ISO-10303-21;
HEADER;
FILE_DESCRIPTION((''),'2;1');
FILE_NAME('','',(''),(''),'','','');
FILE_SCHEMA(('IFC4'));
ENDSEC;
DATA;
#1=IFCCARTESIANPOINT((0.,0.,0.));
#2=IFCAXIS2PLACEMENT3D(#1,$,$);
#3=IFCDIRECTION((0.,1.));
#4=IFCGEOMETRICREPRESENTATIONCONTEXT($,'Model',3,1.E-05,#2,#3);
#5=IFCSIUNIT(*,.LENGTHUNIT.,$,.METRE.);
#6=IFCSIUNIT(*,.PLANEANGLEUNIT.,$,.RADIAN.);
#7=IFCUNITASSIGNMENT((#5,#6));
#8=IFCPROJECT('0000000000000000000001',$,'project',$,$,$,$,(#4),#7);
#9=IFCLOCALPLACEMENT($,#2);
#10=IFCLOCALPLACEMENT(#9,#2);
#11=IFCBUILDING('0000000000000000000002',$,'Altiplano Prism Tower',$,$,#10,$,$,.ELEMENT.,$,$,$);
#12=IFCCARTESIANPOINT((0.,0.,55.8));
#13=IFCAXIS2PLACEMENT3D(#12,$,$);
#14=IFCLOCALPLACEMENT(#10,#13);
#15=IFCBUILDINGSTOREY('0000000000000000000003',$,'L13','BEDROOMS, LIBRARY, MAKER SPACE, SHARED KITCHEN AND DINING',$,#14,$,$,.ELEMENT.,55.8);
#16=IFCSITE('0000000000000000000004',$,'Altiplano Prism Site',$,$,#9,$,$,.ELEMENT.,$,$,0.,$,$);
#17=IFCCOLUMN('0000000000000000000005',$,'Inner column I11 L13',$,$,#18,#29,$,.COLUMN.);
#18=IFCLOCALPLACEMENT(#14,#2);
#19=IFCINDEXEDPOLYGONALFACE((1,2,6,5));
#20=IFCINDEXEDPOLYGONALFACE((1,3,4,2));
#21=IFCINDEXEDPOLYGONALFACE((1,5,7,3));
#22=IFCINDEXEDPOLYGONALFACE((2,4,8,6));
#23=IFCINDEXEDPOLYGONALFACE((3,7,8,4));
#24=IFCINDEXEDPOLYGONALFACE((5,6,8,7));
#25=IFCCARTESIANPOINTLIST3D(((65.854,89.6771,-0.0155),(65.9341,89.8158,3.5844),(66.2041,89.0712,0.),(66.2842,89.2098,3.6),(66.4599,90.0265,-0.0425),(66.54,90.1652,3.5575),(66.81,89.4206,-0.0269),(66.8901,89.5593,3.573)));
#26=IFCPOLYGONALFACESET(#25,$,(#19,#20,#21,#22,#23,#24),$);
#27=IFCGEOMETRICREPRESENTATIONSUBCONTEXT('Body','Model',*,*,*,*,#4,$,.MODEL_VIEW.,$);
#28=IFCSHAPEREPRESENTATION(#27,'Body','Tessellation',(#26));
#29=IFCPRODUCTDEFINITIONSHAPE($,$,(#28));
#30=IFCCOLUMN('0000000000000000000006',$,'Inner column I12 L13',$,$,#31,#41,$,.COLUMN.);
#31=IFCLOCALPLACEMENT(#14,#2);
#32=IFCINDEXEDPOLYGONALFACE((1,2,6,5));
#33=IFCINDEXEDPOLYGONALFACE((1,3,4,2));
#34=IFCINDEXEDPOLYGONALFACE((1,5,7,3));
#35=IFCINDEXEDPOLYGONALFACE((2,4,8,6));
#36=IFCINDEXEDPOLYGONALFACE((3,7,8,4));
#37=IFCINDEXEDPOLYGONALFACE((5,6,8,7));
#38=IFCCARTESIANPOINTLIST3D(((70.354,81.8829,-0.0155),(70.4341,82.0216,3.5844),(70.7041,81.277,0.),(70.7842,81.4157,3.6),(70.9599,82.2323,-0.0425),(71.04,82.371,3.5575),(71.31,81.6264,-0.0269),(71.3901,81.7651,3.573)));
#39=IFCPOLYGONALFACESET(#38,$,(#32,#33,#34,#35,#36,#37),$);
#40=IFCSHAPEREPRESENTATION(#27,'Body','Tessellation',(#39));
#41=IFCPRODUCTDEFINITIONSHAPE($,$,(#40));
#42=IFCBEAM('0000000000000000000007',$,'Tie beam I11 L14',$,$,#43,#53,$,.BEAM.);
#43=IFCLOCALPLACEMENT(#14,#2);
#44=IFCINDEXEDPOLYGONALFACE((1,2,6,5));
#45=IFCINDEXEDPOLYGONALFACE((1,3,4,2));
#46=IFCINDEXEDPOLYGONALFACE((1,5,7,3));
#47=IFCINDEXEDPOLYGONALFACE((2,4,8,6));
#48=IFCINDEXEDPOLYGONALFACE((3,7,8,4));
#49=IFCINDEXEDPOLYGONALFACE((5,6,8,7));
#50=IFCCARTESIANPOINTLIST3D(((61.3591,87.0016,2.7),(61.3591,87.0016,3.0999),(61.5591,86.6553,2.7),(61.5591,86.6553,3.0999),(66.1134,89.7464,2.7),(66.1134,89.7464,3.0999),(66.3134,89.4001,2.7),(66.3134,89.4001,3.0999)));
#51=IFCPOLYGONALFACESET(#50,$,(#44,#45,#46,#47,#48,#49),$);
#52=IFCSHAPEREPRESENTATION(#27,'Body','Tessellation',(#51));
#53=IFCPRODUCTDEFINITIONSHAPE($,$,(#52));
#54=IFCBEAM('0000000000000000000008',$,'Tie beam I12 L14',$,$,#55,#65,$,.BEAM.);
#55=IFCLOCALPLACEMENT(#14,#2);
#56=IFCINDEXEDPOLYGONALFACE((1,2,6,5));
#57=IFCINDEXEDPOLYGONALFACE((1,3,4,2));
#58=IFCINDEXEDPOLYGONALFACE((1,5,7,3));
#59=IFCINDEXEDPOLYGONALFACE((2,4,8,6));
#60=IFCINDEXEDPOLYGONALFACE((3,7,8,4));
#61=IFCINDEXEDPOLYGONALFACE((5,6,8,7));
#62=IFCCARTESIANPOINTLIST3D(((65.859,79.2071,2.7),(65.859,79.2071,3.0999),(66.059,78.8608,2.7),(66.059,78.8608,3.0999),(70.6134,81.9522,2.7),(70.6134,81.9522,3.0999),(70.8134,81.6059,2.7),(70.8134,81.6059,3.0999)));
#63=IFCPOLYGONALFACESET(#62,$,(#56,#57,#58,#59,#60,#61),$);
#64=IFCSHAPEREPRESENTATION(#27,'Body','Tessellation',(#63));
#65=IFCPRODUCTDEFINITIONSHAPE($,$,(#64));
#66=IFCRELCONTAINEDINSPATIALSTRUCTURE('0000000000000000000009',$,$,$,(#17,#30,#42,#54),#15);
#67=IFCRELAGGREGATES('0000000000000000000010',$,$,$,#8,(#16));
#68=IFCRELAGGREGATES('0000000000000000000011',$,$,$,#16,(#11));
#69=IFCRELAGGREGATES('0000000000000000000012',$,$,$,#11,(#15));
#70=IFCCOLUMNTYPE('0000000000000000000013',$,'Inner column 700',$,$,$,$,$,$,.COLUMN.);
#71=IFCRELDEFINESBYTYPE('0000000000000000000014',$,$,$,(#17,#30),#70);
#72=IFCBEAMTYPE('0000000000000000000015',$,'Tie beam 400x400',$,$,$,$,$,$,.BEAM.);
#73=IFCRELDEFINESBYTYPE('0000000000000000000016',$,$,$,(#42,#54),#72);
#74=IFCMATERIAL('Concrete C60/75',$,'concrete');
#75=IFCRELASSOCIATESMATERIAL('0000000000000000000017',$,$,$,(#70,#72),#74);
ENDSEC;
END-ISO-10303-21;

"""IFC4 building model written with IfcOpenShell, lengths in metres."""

from ifc_helpers import new_model, si_unit, direction, frame, origin, origin_2d, place, context, subcontext, project, spatial, rectangle, extrude, material, material_profile, profile_set, type_object, element, save


model = new_model("IFC4")

# Units and contexts
model_context = context("Model", 3, precision=1e-05, world=origin(), true_north=direction((0.0, 1.0)))
body_context = subcontext(model_context, "Body", "Model", "MODEL_VIEW")
ifc_project = project(units=[si_unit("LENGTHUNIT", "METRE"), si_unit("PLANEANGLEUNIT", "RADIAN")], contexts=[model_context])

# Site, building, storey
site_placement = place(None, origin())
site = spatial("IfcSite", under=ifc_project, at=site_placement, Name="Altiplano Prism Site", CompositionType="ELEMENT", RefElevation=0.0)
building_placement = place(site_placement, origin())
building = spatial("IfcBuilding", under=site, at=building_placement, Name="Altiplano Prism Tower", CompositionType="ELEMENT")
storey_placement = place(building_placement, frame((0.0, 0.0, 55.8)))
storey = spatial("IfcBuildingStorey", under=building, at=storey_placement, Name="L13", Description="BEDROOMS, LIBRARY, MAKER SPACE, SHARED KITCHEN AND DINING", CompositionType="ELEMENT", Elevation=55.8)

# Columns
ifc_material_1 = material(Name="Concrete C60/75", Category="concrete")
ifc_material_profile_1 = material_profile(ifc_material_1, rectangle(XDim=0.7, YDim=0.7, at=origin_2d()), Name="Inner column 700")
ifc_profile_set_1 = profile_set([ifc_material_profile_1], Name="Concrete C60/75")
column_type = type_object("IfcColumnType", Name="Inner column 700", PredefinedType="COLUMN", material=ifc_profile_set_1)
for number, where, z_axis, x_axis, name in (
    (1, (66.332, 89.5488, -0.0212), (0.022223, 0.038483, 0.999012), (-0.865642, -0.499182, 0.038485), "Inner column I11 L13"),
    (2, (70.832, 81.7546, -0.0212), (0.022223, 0.038483, 0.999012), (-0.865642, -0.499182, 0.038485), "Inner column I12 L13"),
):
    element("IfcColumn", number, at=place(storey_placement, frame(where, z_axis=z_axis, x_axis=x_axis)), inside=storey, type_object=column_type, Name=name, PredefinedType="COLUMN", context=body_context, shape_type="SweptSolid", body=[
        extrude(rectangle(XDim=0.7, YDim=0.7, at=origin_2d()), origin(), (0.0, 0.0, 1.0), 3.6035),
    ])

# Beams
ifc_material_profile_2 = material_profile(ifc_material_1, rectangle(XDim=0.3999, YDim=0.3999, at=origin_2d()), Name="Tie beam 400x400")
ifc_profile_set_2 = profile_set([ifc_material_profile_2], Name="Concrete C60/75")
beam_type = type_object("IfcBeamType", Name="Tie beam 400x400", PredefinedType="BEAM", material=ifc_profile_set_2)
beam_1_placement = place(storey_placement, frame((66.2134, 89.5732, 2.8999), z_axis=(-0.866032, -0.499989, 0.0), x_axis=(0.499989, -0.866032, 0.0)))
element("IfcBeam", 3, at=beam_1_placement, inside=storey, type_object=beam_type, Name="Tie beam I11 L14", PredefinedType="BEAM", context=body_context, shape_type="SweptSolid", body=[
    extrude(rectangle(XDim=0.3999, YDim=0.3999, at=origin_2d()), origin(), (0.0, 0.0, 1.0), 5.4897),
])
beam_2_placement = place(storey_placement, frame((70.7134, 81.7791, 2.8999), z_axis=(-0.866012, -0.500023, 0.0), x_axis=(0.500023, -0.866012, 0.0)))
element("IfcBeam", 4, at=beam_2_placement, inside=storey, type_object=beam_type, Name="Tie beam I12 L14", PredefinedType="BEAM", context=body_context, shape_type="SweptSolid", body=[
    extrude(rectangle(XDim=0.3999, YDim=0.3999, at=origin_2d()), origin(), (0.0, 0.0, 1.0), 5.49),
])

save(model, "model.ifc")
